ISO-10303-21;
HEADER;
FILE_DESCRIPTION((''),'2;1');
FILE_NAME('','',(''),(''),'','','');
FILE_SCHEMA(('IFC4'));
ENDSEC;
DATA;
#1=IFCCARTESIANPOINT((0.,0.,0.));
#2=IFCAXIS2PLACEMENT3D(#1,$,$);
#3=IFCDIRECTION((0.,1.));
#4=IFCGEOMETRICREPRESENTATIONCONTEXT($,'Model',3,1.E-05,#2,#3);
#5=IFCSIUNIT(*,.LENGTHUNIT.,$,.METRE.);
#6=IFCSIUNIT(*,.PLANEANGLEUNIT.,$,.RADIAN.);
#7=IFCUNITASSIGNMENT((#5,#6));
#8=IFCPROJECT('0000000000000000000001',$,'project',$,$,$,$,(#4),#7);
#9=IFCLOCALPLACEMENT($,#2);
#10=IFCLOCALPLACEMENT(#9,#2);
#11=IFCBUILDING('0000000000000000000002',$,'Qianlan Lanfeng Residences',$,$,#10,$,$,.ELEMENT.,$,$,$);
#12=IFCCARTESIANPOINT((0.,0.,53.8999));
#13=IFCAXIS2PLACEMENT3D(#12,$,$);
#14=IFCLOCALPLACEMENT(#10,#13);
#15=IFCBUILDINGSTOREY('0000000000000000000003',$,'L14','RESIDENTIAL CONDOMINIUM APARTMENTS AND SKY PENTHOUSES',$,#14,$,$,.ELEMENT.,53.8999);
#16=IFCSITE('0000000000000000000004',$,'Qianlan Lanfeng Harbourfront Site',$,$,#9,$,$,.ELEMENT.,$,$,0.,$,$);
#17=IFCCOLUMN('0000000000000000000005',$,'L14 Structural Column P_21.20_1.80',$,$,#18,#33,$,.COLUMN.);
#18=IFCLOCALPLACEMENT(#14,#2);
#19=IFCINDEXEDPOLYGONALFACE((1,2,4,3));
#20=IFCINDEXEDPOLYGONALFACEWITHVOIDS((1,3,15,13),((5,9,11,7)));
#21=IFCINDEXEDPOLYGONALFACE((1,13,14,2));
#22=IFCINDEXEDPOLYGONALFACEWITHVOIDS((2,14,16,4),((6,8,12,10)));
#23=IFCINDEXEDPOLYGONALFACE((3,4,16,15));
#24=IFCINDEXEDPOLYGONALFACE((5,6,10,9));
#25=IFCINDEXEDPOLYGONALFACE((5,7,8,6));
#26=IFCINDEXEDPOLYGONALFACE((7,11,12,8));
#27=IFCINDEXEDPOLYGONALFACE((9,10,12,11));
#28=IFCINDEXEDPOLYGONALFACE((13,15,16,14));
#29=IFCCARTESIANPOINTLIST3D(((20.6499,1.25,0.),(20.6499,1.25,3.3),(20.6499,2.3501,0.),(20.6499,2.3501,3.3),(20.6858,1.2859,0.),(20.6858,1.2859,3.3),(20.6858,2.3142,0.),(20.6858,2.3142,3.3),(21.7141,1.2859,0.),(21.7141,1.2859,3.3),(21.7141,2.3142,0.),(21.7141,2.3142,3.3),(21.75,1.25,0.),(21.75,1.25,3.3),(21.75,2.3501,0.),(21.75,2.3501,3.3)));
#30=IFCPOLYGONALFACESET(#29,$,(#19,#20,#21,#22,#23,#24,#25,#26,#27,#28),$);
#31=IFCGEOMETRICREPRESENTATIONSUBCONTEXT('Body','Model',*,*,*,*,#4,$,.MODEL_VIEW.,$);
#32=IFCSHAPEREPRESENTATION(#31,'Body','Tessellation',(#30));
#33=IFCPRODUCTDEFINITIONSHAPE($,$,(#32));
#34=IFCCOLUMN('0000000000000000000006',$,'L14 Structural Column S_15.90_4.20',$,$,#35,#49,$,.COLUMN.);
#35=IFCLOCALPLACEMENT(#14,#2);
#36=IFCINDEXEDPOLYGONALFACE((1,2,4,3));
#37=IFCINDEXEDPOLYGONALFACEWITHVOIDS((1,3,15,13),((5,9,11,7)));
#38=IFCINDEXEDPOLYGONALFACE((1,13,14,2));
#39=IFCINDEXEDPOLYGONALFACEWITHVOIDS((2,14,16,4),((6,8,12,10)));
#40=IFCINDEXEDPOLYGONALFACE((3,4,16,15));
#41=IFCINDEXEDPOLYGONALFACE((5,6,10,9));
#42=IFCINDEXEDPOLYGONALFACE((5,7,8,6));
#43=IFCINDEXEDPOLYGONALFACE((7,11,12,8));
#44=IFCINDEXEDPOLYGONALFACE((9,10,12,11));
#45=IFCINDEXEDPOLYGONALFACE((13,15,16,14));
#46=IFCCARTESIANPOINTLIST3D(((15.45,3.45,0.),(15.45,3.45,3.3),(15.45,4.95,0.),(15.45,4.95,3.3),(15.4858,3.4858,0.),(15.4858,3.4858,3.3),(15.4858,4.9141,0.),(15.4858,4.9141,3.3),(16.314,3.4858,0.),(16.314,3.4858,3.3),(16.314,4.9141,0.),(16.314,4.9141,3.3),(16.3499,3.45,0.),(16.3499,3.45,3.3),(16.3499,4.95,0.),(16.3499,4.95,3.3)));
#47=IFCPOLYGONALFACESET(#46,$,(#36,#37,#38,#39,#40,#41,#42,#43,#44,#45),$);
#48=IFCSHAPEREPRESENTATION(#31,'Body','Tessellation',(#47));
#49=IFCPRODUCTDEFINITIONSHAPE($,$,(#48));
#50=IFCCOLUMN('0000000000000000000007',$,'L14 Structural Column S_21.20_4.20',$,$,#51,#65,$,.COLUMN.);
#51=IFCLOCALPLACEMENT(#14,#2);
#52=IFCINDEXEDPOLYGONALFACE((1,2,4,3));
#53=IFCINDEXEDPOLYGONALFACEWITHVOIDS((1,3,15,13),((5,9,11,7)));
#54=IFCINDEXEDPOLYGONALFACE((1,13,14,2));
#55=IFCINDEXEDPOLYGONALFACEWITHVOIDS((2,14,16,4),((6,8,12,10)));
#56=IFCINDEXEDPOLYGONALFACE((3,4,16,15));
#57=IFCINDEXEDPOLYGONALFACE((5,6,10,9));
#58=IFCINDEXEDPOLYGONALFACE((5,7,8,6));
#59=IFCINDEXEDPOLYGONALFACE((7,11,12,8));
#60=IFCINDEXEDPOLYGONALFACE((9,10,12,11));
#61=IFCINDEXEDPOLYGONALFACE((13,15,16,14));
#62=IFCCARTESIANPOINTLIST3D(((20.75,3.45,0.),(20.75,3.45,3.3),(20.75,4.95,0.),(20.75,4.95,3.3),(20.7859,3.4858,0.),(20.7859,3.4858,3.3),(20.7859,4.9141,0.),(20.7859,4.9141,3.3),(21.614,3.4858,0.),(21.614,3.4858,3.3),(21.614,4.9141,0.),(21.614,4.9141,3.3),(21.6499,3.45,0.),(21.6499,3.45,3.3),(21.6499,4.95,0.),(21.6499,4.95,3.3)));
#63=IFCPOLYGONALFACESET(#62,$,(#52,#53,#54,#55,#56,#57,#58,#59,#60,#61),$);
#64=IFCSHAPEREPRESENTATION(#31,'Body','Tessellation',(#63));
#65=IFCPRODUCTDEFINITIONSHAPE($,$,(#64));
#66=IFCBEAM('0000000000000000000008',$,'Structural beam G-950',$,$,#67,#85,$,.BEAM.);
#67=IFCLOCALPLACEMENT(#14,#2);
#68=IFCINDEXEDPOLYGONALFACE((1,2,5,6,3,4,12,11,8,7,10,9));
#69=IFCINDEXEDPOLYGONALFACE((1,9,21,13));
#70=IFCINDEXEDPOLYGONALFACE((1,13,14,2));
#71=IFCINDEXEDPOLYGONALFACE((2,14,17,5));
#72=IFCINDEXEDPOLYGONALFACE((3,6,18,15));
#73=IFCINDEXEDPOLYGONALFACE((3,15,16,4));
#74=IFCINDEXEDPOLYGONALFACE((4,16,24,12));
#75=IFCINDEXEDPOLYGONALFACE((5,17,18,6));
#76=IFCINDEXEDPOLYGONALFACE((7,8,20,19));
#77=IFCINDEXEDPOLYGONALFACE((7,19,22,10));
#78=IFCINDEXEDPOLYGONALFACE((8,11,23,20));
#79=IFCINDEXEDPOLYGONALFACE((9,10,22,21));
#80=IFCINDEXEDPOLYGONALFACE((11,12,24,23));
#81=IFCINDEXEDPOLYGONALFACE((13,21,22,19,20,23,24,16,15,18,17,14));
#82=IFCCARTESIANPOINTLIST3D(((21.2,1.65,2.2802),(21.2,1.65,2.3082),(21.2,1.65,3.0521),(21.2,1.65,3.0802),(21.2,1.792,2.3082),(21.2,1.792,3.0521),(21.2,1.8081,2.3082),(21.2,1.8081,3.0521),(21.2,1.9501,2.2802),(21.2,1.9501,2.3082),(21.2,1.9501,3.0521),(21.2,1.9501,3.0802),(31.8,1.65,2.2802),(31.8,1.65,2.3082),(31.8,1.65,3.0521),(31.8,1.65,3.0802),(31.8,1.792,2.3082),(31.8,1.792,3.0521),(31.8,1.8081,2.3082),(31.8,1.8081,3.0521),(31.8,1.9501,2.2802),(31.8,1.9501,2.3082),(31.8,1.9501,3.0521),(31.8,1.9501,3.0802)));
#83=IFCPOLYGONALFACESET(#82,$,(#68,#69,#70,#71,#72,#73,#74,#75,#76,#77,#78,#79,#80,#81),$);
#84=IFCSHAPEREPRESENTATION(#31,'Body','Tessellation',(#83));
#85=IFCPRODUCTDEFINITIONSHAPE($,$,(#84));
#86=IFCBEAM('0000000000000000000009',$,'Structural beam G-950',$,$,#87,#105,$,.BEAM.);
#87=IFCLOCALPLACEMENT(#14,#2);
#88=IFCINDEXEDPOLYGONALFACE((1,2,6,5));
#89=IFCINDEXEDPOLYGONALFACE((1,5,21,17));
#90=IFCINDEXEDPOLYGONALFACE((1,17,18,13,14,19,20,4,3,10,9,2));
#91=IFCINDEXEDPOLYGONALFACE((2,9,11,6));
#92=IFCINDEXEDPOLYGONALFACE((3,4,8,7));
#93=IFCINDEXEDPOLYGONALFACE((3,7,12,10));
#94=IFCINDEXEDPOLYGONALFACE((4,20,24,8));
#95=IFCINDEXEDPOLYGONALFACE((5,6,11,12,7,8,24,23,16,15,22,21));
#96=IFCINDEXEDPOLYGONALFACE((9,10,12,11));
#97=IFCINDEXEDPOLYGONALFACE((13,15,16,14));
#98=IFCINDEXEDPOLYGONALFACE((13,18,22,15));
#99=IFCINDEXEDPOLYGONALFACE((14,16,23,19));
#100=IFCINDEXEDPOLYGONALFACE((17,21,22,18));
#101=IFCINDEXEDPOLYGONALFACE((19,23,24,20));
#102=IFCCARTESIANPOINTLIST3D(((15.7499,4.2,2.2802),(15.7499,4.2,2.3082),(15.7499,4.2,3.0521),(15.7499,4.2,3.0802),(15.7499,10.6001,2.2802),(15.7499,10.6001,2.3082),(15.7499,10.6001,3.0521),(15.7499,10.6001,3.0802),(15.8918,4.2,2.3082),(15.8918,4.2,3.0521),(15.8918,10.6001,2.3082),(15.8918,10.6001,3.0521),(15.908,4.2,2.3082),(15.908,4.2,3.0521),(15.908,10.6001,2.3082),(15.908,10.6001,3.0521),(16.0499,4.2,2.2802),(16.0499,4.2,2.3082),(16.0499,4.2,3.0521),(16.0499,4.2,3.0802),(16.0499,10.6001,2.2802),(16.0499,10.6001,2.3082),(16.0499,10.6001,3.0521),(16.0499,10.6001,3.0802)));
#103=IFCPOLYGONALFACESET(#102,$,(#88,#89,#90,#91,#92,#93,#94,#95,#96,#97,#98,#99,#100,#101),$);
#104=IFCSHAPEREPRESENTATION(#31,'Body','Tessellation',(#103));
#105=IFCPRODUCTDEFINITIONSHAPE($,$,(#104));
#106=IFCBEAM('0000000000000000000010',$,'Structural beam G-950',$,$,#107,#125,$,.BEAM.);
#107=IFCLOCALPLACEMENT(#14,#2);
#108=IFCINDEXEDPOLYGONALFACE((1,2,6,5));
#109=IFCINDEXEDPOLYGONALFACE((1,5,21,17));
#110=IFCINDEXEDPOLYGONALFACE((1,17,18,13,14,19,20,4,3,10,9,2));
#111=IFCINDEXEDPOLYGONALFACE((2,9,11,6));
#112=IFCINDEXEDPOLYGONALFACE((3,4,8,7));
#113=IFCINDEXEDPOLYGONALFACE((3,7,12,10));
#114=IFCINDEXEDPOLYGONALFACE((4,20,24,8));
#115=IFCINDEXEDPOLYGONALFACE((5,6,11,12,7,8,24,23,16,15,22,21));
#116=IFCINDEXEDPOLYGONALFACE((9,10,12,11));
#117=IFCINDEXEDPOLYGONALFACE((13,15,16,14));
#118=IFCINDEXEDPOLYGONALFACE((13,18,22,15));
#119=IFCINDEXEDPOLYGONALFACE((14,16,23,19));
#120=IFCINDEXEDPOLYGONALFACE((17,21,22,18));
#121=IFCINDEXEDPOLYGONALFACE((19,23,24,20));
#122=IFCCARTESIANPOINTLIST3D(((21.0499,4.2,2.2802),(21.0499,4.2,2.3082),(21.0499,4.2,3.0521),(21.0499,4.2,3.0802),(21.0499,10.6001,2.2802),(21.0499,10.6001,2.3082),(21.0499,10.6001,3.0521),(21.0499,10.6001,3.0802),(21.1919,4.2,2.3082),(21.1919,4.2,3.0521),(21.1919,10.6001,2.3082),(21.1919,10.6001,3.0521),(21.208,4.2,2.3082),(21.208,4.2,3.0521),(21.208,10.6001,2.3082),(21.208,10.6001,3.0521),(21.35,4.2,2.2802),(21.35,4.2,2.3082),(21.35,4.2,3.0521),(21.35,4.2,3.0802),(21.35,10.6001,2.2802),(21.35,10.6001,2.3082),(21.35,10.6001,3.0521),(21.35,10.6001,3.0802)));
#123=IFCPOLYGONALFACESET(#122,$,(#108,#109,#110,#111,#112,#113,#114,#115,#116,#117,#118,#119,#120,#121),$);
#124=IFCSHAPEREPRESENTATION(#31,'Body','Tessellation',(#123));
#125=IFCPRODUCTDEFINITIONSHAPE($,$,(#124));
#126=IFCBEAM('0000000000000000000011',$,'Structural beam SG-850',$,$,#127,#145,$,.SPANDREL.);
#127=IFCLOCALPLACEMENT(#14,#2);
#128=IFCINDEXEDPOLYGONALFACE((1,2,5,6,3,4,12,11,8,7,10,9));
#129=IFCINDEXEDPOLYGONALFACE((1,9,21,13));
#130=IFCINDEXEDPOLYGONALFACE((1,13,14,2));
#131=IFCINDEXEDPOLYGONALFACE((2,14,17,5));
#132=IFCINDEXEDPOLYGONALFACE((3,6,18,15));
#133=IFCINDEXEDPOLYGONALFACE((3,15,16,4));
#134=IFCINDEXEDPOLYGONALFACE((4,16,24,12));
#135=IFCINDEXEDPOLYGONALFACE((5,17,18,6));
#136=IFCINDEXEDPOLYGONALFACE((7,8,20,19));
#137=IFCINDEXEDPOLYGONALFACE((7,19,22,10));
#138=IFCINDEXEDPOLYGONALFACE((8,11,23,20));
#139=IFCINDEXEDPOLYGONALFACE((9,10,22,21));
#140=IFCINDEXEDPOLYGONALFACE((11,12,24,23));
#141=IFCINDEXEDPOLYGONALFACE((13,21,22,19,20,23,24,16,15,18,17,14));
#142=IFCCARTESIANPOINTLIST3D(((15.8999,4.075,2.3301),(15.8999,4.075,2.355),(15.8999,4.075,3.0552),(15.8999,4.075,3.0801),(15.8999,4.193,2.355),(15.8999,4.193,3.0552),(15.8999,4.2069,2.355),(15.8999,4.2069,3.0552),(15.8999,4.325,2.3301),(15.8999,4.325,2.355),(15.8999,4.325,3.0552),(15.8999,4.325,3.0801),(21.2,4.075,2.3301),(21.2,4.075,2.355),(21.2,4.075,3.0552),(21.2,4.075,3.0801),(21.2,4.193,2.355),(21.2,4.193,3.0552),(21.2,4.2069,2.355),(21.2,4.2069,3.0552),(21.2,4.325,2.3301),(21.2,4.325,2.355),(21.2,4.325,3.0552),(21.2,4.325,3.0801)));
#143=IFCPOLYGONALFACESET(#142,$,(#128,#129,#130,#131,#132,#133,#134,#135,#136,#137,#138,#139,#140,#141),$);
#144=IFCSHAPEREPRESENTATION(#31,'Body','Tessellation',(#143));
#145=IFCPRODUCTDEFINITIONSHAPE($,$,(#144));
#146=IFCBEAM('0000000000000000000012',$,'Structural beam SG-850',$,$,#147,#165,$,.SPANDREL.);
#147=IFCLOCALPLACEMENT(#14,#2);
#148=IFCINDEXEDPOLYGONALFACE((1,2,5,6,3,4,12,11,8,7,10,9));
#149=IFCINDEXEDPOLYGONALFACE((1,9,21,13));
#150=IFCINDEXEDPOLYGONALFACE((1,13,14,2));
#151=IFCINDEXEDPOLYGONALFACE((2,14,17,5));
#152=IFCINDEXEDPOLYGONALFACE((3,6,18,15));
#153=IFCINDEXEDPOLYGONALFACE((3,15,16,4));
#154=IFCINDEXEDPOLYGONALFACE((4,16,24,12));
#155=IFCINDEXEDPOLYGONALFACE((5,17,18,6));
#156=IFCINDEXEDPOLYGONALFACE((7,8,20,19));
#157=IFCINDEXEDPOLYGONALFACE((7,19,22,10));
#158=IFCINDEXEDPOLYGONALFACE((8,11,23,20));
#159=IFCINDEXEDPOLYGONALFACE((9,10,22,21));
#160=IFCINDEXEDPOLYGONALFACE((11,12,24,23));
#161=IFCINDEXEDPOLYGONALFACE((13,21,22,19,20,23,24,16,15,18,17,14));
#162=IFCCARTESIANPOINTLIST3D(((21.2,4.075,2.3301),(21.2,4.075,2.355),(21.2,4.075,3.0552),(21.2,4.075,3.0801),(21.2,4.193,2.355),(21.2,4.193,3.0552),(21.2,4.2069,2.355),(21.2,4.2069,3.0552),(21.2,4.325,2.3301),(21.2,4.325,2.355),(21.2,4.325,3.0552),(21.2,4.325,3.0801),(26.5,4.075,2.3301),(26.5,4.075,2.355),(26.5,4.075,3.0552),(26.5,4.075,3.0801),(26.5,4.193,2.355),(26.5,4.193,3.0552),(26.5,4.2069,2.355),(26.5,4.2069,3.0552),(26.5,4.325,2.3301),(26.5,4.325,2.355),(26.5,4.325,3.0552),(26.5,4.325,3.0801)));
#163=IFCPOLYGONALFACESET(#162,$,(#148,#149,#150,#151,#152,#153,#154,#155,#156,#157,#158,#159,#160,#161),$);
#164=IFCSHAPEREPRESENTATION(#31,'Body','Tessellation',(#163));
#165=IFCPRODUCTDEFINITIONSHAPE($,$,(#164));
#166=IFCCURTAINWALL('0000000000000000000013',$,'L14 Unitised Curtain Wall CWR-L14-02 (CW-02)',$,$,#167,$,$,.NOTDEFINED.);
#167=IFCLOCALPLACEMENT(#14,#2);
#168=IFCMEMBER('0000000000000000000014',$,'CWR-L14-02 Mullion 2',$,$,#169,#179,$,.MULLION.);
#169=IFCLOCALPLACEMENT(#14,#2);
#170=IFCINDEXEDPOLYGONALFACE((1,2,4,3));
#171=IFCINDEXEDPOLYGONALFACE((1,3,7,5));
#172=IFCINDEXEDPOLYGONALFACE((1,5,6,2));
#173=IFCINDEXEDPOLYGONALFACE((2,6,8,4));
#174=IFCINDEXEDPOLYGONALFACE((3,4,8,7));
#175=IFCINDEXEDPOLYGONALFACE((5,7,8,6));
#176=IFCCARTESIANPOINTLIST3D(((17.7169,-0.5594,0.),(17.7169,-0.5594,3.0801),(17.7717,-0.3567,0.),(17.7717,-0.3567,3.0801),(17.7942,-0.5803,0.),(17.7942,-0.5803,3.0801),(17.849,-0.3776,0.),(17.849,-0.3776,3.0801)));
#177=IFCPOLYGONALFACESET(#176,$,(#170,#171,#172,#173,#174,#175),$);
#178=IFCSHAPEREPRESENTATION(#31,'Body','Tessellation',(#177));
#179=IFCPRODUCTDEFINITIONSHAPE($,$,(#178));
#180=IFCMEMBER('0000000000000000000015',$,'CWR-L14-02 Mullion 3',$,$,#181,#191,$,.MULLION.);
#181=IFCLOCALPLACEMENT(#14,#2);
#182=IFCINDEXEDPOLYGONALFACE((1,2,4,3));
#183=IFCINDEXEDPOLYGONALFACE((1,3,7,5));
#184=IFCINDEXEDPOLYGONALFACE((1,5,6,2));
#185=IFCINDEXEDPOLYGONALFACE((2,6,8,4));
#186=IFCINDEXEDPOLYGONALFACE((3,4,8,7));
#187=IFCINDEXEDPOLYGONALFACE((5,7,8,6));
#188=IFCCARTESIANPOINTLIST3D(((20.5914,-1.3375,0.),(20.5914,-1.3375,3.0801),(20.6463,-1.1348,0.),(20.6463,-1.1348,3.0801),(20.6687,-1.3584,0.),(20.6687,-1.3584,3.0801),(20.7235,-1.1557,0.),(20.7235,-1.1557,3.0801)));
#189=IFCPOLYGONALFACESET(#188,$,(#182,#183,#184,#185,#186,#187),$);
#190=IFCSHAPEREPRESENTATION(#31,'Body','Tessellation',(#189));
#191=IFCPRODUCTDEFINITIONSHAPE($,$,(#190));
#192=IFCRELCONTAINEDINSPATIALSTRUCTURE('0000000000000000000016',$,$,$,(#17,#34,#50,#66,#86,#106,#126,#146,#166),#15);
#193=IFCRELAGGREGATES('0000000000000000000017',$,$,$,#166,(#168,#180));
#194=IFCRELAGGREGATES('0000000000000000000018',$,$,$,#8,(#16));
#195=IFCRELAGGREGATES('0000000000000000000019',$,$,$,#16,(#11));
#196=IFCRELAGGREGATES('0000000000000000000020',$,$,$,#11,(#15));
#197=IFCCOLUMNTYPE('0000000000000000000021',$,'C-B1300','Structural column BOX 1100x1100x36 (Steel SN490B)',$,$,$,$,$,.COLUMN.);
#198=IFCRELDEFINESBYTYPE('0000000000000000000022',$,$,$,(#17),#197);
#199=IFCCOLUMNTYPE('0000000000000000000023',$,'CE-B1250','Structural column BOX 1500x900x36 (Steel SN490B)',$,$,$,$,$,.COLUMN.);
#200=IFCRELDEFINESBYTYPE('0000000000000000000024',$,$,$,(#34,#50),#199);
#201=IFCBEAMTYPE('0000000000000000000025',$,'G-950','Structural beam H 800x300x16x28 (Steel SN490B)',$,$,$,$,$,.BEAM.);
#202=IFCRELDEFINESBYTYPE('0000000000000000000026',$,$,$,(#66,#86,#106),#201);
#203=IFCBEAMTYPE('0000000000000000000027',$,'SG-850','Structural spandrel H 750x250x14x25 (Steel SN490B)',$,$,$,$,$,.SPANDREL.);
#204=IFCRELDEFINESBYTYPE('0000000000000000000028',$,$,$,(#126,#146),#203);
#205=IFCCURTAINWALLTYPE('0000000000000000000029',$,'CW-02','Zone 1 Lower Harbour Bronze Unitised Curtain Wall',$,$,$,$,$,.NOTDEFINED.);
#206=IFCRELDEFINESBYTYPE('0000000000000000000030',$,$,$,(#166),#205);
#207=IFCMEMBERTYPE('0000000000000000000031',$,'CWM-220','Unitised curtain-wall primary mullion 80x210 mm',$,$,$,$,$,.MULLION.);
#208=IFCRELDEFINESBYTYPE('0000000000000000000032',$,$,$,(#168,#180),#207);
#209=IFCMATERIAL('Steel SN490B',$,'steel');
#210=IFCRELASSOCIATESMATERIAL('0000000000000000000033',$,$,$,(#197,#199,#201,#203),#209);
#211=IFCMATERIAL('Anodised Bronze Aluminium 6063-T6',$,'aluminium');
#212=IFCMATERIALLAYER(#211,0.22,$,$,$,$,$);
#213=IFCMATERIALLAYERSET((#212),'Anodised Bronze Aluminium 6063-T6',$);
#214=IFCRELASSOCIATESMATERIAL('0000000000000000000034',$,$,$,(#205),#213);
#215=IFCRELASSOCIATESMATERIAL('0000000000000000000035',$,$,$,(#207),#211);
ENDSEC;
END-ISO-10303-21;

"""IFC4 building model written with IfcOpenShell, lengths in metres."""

from ifc_helpers import new_model, si_unit, direction, frame, origin, origin_2d, place, context, subcontext, project, spatial, rectangle, hollow_rectangle, i_section, extrude, source, transform, mapped, material, layer, layer_set, material_profile, profile_set, type_object, element, aggregate, save


model = new_model("IFC4")

# Units and contexts
model_context = context("Model", 3, precision=1e-05, world=origin(), true_north=direction((0.0, 1.0)))
body_context = subcontext(model_context, "Body", "Model", "MODEL_VIEW")
ifc_project = project(units=[si_unit("LENGTHUNIT", "METRE"), si_unit("PLANEANGLEUNIT", "RADIAN")], contexts=[model_context])

# Site, building, storey
site_placement = place(None, origin())
site = spatial("IfcSite", under=ifc_project, at=site_placement, Name="Qianlan Lanfeng Harbourfront Site", CompositionType="ELEMENT", RefElevation=0.0)
building_placement = place(site_placement, origin())
building = spatial("IfcBuilding", under=site, at=building_placement, Name="Qianlan Lanfeng Residences", CompositionType="ELEMENT")
storey_placement = place(building_placement, frame((0.0, 0.0, 53.8999)))
storey = spatial("IfcBuildingStorey", under=building, at=storey_placement, Name="L14", Description="RESIDENTIAL CONDOMINIUM APARTMENTS AND SKY PENTHOUSES", CompositionType="ELEMENT", Elevation=53.8999)

# Columns
ifc_material_1 = material(Name="Steel SN490B", Category="steel")
ifc_material_profile_1 = material_profile(ifc_material_1, hollow_rectangle(XDim=1.1001, YDim=1.1001, WallThickness=0.0359, at=origin_2d()), Name="BOX 1100x1100x36")
ifc_profile_set_1 = profile_set([ifc_material_profile_1], Name="Steel SN490B")
column_type_1 = type_object("IfcColumnType", Name="C-B1300", Description="Structural column BOX 1100x1100x36 (Steel SN490B)", PredefinedType="COLUMN", material=ifc_profile_set_1)
column_placement = place(storey_placement, frame((21.2, 1.8, 0.0), z_axis=(0.0, 0.0, 1.0), x_axis=(1.0, 0.0, 0.0)))
element("IfcColumn", 1, at=column_placement, inside=storey, type_object=column_type_1, Name="L14 Structural Column P_21.20_1.80", PredefinedType="COLUMN", context=body_context, shape_type="SweptSolid", body=[
    extrude(hollow_rectangle(XDim=1.1001, YDim=1.1001, WallThickness=0.0359, at=origin_2d()), origin(), (0.0, 0.0, 1.0), 3.3),
])
ifc_material_profile_2 = material_profile(ifc_material_1, hollow_rectangle(XDim=0.8999, YDim=1.5, WallThickness=0.0359, at=origin_2d()), Name="BOX 1500x900x36")
ifc_profile_set_2 = profile_set([ifc_material_profile_2], Name="Steel SN490B")
column_type_2 = type_object("IfcColumnType", Name="CE-B1250", Description="Structural column BOX 1500x900x36 (Steel SN490B)", PredefinedType="COLUMN", material=ifc_profile_set_2)
for number, where, z_axis, x_axis, name in (
    (2, (15.8999, 4.2, 0.0), (0.0, 0.0, 1.0), (1.0, 0.0, 0.0), "L14 Structural Column S_15.90_4.20"),
    (3, (21.2, 4.2, 0.0), (0.0, 0.0, 1.0), (1.0, 0.0, 0.0), "L14 Structural Column S_21.20_4.20"),
):
    element("IfcColumn", number, at=place(storey_placement, frame(where, z_axis=z_axis, x_axis=x_axis)), inside=storey, type_object=column_type_2, Name=name, PredefinedType="COLUMN", context=body_context, shape_type="SweptSolid", body=[
        extrude(hollow_rectangle(XDim=0.8999, YDim=1.5, WallThickness=0.0359, at=origin_2d()), origin(), (0.0, 0.0, 1.0), 3.3),
    ])

# Beams
ifc_material_profile_3 = material_profile(ifc_material_1, i_section(OverallWidth=0.3, OverallDepth=0.8, WebThickness=0.0161, FlangeThickness=0.0281, at=origin_2d()), Name="H 800x300x16x28")
ifc_profile_set_3 = profile_set([ifc_material_profile_3], Name="Steel SN490B")
beam_type_1 = type_object("IfcBeamType", Name="G-950", Description="Structural beam H 800x300x16x28 (Steel SN490B)", PredefinedType="BEAM", material=ifc_profile_set_3)
beam_placement = place(storey_placement, frame((21.2, 1.8, 2.6802), z_axis=(1.0, 0.0, 0.0), x_axis=(0.0, 1.0, 0.0)))
element("IfcBeam", 4, at=beam_placement, inside=storey, type_object=beam_type_1, Name="Structural beam G-950", PredefinedType="BEAM", context=body_context, shape_type="SweptSolid", body=[
    extrude(i_section(OverallWidth=0.3, OverallDepth=0.8, WebThickness=0.0161, FlangeThickness=0.0281, at=origin_2d()), origin(), (0.0, 0.0, 1.0), 10.6001),
])
for number, where, z_axis, x_axis, name in (
    (5, (15.8999, 4.2, 2.6802), (0.0, 1.0, 0.0), (-1.0, 0.0, 0.0), "Structural beam G-950"),
    (6, (21.2, 4.2, 2.6802), (0.0, 1.0, 0.0), (-1.0, 0.0, 0.0), "Structural beam G-950"),
):
    element("IfcBeam", number, at=place(storey_placement, frame(where, z_axis=z_axis, x_axis=x_axis)), inside=storey, type_object=beam_type_1, Name=name, PredefinedType="BEAM", context=body_context, shape_type="SweptSolid", body=[
        extrude(i_section(OverallWidth=0.3, OverallDepth=0.8, WebThickness=0.0161, FlangeThickness=0.0281, at=origin_2d()), origin(), (0.0, 0.0, 1.0), 6.4001),
    ])
ifc_material_profile_4 = material_profile(ifc_material_1, i_section(OverallWidth=0.25, OverallDepth=0.75, WebThickness=0.0139, FlangeThickness=0.0249, at=origin_2d()), Name="H 750x250x14x25")
ifc_profile_set_4 = profile_set([ifc_material_profile_4], Name="Steel SN490B")
beam_type_2 = type_object("IfcBeamType", Name="SG-850", Description="Structural spandrel H 750x250x14x25 (Steel SN490B)", PredefinedType="SPANDREL", material=ifc_profile_set_4)
for number, where, z_axis, x_axis, name in (
    (7, (15.8999, 4.2, 2.7051), (1.0, 0.0, 0.0), (0.0, 1.0, 0.0), "Structural beam SG-850"),
    (8, (21.2, 4.2, 2.7051), (1.0, 0.0, 0.0), (0.0, 1.0, 0.0), "Structural beam SG-850"),
):
    element("IfcBeam", number, at=place(storey_placement, frame(where, z_axis=z_axis, x_axis=x_axis)), inside=storey, type_object=beam_type_2, Name=name, PredefinedType="SPANDREL", context=body_context, shape_type="SweptSolid", body=[
        extrude(i_section(OverallWidth=0.25, OverallDepth=0.75, WebThickness=0.0139, FlangeThickness=0.0249, at=origin_2d()), origin(), (0.0, 0.0, 1.0), 5.3),
    ])

# Curtain wall, members
ifc_material_2 = material(Name="Anodised Bronze Aluminium 6063-T6", Category="aluminium")
ifc_layer_1 = layer(ifc_material_2, 0.22)
ifc_layer_set_1 = layer_set([ifc_layer_1], Name="Anodised Bronze Aluminium 6063-T6")
curtain_wall_type = type_object("IfcCurtainWallType", Name="CW-02", Description="Zone 1 Lower Harbour Bronze Unitised Curtain Wall", PredefinedType="NOTDEFINED", material=ifc_layer_set_1)
curtain_wall_placement = place(storey_placement, origin())
curtain_wall = element("IfcCurtainWall", 9, at=curtain_wall_placement, inside=storey, type_object=curtain_wall_type, Name="L14 Unitised Curtain Wall CWR-L14-02 (CW-02)", PredefinedType="NOTDEFINED")
ifc_material_profile_5 = material_profile(ifc_material_2, rectangle(XDim=0.0801, YDim=0.21, at=origin_2d()), Name="ALU MULLION 80x210")
ifc_profile_set_5 = profile_set([ifc_material_profile_5], Name="Anodised Bronze Aluminium 6063-T6")
member_type_1 = type_object("IfcMemberType", Name="CWM-220", Description="Unitised curtain-wall primary mullion 80x210 mm", PredefinedType="MULLION", material=ifc_profile_set_5)
shared_shape_1 = source(origin(), body_context, "Body", "SweptSolid", [
    extrude(rectangle(XDim=0.0801, YDim=0.21, at=origin_2d()), origin(), (0.0, 0.0, 1.0), 3.0801),
])
member_1_placement = place(storey_placement, frame((17.783, -0.4685, 0.0), z_axis=(0.0, 0.0, 1.0), x_axis=(0.965263, -0.261281, 0.0)))
member_1 = element("IfcMember", 10, at=member_1_placement, type_object=member_type_1, Name="CWR-L14-02 Mullion 2", PredefinedType="MULLION", context=body_context, shape_type="MappedRepresentation", body=[
    mapped(shared_shape_1, transform((0.0, 0.0, 0.0), scale=1.0)),
])
member_2_placement = place(storey_placement, frame((20.6575, -1.2466, 0.0), z_axis=(0.0, 0.0, 1.0), x_axis=(0.965263, -0.261281, 0.0)))
member_2 = element("IfcMember", 11, at=member_2_placement, type_object=member_type_1, Name="CWR-L14-02 Mullion 3", PredefinedType="MULLION", context=body_context, shape_type="MappedRepresentation", body=[
    mapped(shared_shape_1, transform((0.0, 0.0, 0.0), scale=1.0)),
])
aggregate(curtain_wall, [member_1, member_2])

save(model, "model.ifc")
